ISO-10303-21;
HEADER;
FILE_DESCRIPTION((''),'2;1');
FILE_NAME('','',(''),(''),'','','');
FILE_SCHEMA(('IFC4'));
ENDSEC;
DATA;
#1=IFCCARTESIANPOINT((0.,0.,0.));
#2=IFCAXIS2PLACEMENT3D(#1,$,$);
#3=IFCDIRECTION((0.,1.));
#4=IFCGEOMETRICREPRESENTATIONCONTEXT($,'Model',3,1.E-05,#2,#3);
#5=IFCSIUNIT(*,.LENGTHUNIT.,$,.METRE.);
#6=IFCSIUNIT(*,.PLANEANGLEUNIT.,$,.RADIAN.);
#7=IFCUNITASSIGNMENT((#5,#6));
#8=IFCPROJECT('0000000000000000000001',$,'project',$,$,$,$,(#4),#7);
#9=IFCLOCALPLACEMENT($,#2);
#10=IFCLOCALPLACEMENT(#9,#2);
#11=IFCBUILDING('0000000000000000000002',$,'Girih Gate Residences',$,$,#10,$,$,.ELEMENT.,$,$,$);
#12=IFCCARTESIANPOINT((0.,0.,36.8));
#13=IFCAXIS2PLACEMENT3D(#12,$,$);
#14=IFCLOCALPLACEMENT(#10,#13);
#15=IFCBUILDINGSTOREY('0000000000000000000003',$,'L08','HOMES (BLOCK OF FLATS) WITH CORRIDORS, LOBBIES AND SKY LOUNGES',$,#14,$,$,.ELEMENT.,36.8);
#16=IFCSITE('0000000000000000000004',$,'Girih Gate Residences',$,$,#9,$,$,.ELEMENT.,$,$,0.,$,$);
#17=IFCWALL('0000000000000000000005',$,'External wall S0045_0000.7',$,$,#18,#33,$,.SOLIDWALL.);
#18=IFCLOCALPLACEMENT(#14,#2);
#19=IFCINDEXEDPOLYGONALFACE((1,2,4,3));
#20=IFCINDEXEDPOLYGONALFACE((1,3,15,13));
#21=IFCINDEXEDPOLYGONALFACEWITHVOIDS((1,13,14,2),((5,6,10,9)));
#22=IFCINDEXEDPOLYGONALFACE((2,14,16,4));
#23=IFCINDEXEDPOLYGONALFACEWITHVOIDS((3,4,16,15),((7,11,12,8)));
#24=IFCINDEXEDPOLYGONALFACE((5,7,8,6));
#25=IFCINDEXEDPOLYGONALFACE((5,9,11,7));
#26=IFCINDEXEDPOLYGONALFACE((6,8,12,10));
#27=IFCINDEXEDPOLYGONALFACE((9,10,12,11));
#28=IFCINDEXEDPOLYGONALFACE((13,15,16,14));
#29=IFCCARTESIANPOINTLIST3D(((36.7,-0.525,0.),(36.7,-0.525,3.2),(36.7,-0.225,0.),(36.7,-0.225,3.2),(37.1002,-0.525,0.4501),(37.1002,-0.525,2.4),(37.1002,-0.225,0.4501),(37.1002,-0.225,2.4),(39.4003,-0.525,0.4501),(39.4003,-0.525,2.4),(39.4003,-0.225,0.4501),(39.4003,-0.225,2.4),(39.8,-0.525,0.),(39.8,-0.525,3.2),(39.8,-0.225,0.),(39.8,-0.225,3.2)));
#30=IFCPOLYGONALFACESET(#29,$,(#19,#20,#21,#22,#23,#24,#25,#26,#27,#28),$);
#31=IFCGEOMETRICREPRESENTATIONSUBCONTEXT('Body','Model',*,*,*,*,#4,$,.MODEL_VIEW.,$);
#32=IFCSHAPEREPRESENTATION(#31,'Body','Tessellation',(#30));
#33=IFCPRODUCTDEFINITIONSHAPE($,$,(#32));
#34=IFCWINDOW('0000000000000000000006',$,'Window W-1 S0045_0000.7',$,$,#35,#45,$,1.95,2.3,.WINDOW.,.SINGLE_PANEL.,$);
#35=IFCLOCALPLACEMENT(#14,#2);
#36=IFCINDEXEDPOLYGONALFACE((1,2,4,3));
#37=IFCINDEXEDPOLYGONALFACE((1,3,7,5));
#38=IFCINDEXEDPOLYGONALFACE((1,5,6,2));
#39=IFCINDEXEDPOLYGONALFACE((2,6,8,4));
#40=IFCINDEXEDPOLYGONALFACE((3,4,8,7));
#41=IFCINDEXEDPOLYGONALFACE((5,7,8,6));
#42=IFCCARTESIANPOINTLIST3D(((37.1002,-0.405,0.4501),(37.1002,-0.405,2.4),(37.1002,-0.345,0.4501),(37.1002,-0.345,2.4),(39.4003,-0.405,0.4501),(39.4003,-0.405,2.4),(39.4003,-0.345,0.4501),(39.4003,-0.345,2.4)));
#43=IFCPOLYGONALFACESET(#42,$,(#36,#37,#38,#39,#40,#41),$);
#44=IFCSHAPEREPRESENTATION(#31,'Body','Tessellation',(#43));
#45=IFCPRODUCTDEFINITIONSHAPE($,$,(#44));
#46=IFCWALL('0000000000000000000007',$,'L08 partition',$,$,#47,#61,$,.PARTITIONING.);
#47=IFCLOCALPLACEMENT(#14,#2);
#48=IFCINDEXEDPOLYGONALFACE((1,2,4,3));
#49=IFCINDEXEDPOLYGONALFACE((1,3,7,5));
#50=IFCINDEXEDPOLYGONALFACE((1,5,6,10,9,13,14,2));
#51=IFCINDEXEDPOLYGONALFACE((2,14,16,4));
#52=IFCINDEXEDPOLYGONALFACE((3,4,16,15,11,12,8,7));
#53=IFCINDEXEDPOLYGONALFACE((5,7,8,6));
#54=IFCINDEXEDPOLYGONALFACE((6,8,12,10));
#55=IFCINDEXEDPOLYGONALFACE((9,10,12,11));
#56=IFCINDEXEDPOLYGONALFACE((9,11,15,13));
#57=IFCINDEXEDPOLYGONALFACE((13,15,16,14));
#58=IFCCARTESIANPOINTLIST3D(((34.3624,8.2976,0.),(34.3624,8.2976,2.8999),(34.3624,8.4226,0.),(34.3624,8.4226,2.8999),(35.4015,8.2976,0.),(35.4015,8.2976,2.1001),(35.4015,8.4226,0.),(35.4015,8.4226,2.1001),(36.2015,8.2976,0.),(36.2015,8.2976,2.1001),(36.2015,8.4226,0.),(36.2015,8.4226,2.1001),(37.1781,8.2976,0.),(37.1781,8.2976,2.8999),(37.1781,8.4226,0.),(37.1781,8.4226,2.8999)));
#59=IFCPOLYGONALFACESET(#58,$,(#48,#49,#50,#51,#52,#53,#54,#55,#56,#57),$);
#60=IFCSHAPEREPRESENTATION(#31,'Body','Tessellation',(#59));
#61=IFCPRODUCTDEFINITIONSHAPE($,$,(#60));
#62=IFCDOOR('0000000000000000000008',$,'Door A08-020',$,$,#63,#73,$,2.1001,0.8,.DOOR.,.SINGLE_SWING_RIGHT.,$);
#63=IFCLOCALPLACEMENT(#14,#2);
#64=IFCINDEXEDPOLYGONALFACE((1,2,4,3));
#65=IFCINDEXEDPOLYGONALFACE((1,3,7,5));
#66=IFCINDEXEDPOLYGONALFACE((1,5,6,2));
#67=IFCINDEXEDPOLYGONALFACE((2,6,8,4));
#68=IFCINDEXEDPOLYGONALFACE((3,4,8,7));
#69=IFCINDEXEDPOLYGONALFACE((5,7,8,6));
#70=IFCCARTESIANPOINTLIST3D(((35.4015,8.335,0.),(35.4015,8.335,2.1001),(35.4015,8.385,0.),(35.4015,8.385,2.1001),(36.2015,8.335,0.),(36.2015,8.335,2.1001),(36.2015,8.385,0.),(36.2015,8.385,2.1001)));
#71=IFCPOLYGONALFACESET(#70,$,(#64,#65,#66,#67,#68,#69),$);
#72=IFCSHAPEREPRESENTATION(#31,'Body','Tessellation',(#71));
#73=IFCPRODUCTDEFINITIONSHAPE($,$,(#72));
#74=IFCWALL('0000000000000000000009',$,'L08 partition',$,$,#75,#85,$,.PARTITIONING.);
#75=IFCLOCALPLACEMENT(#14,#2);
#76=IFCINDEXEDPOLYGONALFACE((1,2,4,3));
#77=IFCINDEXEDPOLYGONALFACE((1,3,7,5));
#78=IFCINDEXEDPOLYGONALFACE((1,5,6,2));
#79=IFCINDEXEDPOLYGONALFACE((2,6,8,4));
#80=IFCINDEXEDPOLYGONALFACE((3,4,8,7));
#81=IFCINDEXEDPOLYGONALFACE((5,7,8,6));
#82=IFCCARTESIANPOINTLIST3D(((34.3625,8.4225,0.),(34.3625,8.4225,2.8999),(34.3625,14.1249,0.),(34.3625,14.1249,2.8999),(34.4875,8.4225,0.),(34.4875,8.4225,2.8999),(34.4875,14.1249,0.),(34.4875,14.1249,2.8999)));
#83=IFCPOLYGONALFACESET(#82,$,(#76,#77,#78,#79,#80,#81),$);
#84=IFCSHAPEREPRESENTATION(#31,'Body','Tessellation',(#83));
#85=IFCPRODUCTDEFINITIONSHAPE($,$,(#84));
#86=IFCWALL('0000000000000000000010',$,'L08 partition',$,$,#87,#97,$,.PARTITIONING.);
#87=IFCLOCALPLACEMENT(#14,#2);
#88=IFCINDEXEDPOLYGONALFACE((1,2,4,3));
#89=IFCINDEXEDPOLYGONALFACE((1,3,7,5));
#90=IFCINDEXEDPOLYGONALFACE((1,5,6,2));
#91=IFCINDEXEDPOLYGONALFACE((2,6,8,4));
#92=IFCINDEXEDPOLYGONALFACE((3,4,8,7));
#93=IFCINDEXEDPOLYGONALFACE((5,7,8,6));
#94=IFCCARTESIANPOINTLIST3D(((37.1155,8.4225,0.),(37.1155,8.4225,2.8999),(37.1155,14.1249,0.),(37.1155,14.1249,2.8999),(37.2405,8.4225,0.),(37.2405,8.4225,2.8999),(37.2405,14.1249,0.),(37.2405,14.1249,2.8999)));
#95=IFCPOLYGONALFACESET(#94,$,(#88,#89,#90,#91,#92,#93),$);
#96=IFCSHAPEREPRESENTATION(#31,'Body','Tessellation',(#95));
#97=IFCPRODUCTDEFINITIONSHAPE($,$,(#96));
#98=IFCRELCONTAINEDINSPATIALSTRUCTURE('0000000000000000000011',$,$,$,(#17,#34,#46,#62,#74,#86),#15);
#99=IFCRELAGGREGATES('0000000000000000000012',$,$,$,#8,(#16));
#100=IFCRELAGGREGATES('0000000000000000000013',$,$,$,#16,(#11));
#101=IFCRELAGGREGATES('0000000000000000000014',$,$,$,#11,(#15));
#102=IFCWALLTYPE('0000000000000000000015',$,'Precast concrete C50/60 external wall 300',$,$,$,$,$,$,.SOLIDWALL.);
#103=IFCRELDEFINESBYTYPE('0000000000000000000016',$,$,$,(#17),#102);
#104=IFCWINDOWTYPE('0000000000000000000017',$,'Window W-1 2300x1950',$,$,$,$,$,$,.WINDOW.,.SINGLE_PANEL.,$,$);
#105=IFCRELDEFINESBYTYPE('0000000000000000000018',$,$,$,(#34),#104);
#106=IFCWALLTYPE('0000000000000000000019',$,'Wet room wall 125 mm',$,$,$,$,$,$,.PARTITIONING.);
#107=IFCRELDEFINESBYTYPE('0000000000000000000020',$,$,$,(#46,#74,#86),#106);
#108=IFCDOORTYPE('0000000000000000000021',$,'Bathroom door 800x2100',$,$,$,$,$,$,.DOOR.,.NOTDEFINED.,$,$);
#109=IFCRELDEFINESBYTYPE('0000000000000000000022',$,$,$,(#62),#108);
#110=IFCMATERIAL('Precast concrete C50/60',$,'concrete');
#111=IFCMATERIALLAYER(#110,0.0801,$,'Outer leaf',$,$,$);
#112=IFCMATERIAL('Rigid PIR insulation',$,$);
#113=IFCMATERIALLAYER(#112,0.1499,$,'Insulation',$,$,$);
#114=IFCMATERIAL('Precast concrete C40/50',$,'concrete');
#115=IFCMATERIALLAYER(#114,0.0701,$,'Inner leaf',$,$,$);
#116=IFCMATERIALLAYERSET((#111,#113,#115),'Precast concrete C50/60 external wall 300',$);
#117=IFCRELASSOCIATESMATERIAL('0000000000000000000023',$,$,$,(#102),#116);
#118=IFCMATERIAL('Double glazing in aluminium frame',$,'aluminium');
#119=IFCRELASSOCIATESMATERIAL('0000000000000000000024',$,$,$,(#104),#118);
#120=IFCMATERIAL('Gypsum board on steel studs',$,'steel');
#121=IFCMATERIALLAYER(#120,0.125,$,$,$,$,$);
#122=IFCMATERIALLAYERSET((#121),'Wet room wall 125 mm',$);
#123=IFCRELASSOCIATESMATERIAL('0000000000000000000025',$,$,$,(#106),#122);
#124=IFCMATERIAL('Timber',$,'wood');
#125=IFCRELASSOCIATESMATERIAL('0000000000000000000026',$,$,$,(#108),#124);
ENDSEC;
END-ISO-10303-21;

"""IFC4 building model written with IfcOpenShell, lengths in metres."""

from ifc_helpers import new_model, si_unit, direction, frame, frame_2d, origin, place, context, subcontext, project, spatial, rectangle, extrude, material, layer, layer_set, type_object, element, fill, save


model = new_model("IFC4")

# Units and contexts
model_context = context("Model", 3, precision=1e-05, world=origin(), true_north=direction((0.0, 1.0)))
body_context = subcontext(model_context, "Body", "Model", "MODEL_VIEW")
ifc_project = project(units=[si_unit("LENGTHUNIT", "METRE"), si_unit("PLANEANGLEUNIT", "RADIAN")], contexts=[model_context])

# Site, building, storey
site_placement = place(None, origin())
site = spatial("IfcSite", under=ifc_project, at=site_placement, Name="Girih Gate Residences", CompositionType="ELEMENT", RefElevation=0.0)
building_placement = place(site_placement, origin())
building = spatial("IfcBuilding", under=site, at=building_placement, Name="Girih Gate Residences", CompositionType="ELEMENT")
storey_placement = place(building_placement, frame((0.0, 0.0, 36.8)))
storey = spatial("IfcBuildingStorey", under=building, at=storey_placement, Name="L08", Description="HOMES (BLOCK OF FLATS) WITH CORRIDORS, LOBBIES AND SKY LOUNGES", CompositionType="ELEMENT", Elevation=36.8)

# Shared definitions
ifc_material_1 = material(Name="Gypsum board on steel studs", Category="steel")

# Shared definitions
ifc_material_2 = material(Name="Timber", Category="wood")

# Wall, opening, window
ifc_material_3 = material(Name="Precast concrete C50/60", Category="concrete")
ifc_layer_1 = layer(ifc_material_3, 0.0801, Name="Outer leaf")
ifc_material_4 = material(Name="Rigid PIR insulation")
ifc_layer_2 = layer(ifc_material_4, 0.1499, Name="Insulation")
ifc_material_5 = material(Name="Precast concrete C40/50", Category="concrete")
ifc_layer_3 = layer(ifc_material_5, 0.0701, Name="Inner leaf")
ifc_layer_set_1 = layer_set([ifc_layer_1, ifc_layer_2, ifc_layer_3], Name="Precast concrete C50/60 external wall 300")
wall_type_1 = type_object("IfcWallType", Name="Precast concrete C50/60 external wall 300", PredefinedType="SOLIDWALL", material=ifc_layer_set_1)
ifc_material_6 = material(Name="Double glazing in aluminium frame", Category="aluminium")
window_type = type_object("IfcWindowType", Name="Window W-1 2300x1950", PartitioningType="SINGLE_PANEL", PredefinedType="WINDOW", material=ifc_material_6)
wall_1_placement = place(storey_placement, frame((39.8, -0.375, 0.0), z_axis=(0.0, 0.0, 1.0), x_axis=(-1.0, 0.0, 0.0)))
wall_1 = element("IfcWall", 1, at=wall_1_placement, inside=storey, type_object=wall_type_1, Name="External wall S0045_0000.7", PredefinedType="SOLIDWALL", context=body_context, shape_type="SweptSolid", body=[
    extrude(rectangle(XDim=3.1001, YDim=0.3, at=frame_2d((1.55, 0.0))), origin(), (0.0, 0.0, 1.0), 3.2),
])
opening_1_placement = place(wall_1_placement, frame((0.3999, 0.0, 0.45)))
opening_1 = element("IfcOpeningElement", 2, at=opening_1_placement, cuts=wall_1, PredefinedType="OPENING", context=body_context, shape_type="SweptSolid", body=[
    extrude(rectangle(XDim=2.3, YDim=1.95, at=frame_2d((1.1499, 0.9751))), frame((0.0, 0.1599, 0.0), z_axis=(0.0, -1.0, 0.0), x_axis=(1.0, 0.0, 0.0)), (0.0, 0.0, 1.0), 0.3201),
])
window_1_placement = place(opening_1_placement, origin())
window_1 = element("IfcWindow", 3, at=window_1_placement, inside=storey, type_object=window_type, Name="Window W-1 S0045_0000.7", OverallHeight=1.95, OverallWidth=2.3, PartitioningType="SINGLE_PANEL", PredefinedType="WINDOW", context=body_context, shape_type="SweptSolid", body=[
    extrude(rectangle(XDim=2.3, YDim=1.95, at=frame_2d((1.1499, 0.9751))), frame((0.0, 0.03, 0.0), z_axis=(0.0, -1.0, 0.0), x_axis=(1.0, 0.0, 0.0)), (0.0, 0.0, 1.0), 0.0601),
])
fill(opening_1, window_1)

# Wall, opening, door
ifc_layer_4 = layer(ifc_material_1, 0.125)
ifc_layer_set_2 = layer_set([ifc_layer_4], Name="Wet room wall 125 mm")
wall_type_2 = type_object("IfcWallType", Name="Wet room wall 125 mm", PredefinedType="PARTITIONING", material=ifc_layer_set_2)
wall_2_placement = place(storey_placement, frame((34.3625, 8.3601, 0.0), z_axis=(0.0, 0.0, 1.0), x_axis=(1.0, 0.0, 0.0)))
wall_2 = element("IfcWall", 4, at=wall_2_placement, inside=storey, type_object=wall_type_2, Name="L08 partition", PredefinedType="PARTITIONING", context=body_context, shape_type="SweptSolid", body=[
    extrude(rectangle(XDim=2.8157, YDim=0.125, at=frame_2d((1.4077, 0.0))), origin(), (0.0, 0.0, 1.0), 2.8999),
])
opening_2_placement = place(wall_2_placement, frame((1.0391, 0.0, 0.0)))
opening_2 = element("IfcOpeningElement", 5, at=opening_2_placement, cuts=wall_2, PredefinedType="OPENING", context=body_context, shape_type="SweptSolid", body=[
    extrude(rectangle(XDim=0.8, YDim=2.1001, at=frame_2d((0.3999, 1.05))), frame((0.0, 0.0725, 0.0), z_axis=(0.0, -1.0, 0.0), x_axis=(1.0, 0.0, 0.0)), (0.0, 0.0, 1.0), 0.145),
])
door_type_1 = type_object("IfcDoorType", Name="Bathroom door 800x2100", OperationType="NOTDEFINED", PredefinedType="DOOR", material=ifc_material_2)
door_1_placement = place(opening_2_placement, origin())
door_1 = element("IfcDoor", 6, at=door_1_placement, inside=storey, type_object=door_type_1, Name="Door A08-020", OperationType="SINGLE_SWING_RIGHT", OverallHeight=2.1001, OverallWidth=0.8, PredefinedType="DOOR", context=body_context, shape_type="SweptSolid", body=[
    extrude(rectangle(XDim=0.8, YDim=2.1001, at=frame_2d((0.3999, 1.05))), frame((0.0, 0.0249, 0.0), z_axis=(0.0, -1.0, 0.0), x_axis=(1.0, 0.0, 0.0)), (0.0, 0.0, 1.0), 0.05),
])
fill(opening_2, door_1)

# Walls
for number, where, z_axis, x_axis, name in (
    (7, (34.425, 8.4226, 0.0), (0.0, 0.0, 1.0), (0.0, 1.0, 0.0), "L08 partition"),
    (8, (37.178, 8.4226, 0.0), (0.0, 0.0, 1.0), (0.0, 1.0, 0.0), "L08 partition"),
):
    element("IfcWall", number, at=place(storey_placement, frame(where, z_axis=z_axis, x_axis=x_axis)), inside=storey, type_object=wall_type_2, Name=name, PredefinedType="PARTITIONING", context=body_context, shape_type="SweptSolid", body=[
        extrude(rectangle(XDim=5.7024, YDim=0.125, at=frame_2d((2.8511, 0.0))), origin(), (0.0, 0.0, 1.0), 2.8999),
    ])

save(model, "model.ifc")
